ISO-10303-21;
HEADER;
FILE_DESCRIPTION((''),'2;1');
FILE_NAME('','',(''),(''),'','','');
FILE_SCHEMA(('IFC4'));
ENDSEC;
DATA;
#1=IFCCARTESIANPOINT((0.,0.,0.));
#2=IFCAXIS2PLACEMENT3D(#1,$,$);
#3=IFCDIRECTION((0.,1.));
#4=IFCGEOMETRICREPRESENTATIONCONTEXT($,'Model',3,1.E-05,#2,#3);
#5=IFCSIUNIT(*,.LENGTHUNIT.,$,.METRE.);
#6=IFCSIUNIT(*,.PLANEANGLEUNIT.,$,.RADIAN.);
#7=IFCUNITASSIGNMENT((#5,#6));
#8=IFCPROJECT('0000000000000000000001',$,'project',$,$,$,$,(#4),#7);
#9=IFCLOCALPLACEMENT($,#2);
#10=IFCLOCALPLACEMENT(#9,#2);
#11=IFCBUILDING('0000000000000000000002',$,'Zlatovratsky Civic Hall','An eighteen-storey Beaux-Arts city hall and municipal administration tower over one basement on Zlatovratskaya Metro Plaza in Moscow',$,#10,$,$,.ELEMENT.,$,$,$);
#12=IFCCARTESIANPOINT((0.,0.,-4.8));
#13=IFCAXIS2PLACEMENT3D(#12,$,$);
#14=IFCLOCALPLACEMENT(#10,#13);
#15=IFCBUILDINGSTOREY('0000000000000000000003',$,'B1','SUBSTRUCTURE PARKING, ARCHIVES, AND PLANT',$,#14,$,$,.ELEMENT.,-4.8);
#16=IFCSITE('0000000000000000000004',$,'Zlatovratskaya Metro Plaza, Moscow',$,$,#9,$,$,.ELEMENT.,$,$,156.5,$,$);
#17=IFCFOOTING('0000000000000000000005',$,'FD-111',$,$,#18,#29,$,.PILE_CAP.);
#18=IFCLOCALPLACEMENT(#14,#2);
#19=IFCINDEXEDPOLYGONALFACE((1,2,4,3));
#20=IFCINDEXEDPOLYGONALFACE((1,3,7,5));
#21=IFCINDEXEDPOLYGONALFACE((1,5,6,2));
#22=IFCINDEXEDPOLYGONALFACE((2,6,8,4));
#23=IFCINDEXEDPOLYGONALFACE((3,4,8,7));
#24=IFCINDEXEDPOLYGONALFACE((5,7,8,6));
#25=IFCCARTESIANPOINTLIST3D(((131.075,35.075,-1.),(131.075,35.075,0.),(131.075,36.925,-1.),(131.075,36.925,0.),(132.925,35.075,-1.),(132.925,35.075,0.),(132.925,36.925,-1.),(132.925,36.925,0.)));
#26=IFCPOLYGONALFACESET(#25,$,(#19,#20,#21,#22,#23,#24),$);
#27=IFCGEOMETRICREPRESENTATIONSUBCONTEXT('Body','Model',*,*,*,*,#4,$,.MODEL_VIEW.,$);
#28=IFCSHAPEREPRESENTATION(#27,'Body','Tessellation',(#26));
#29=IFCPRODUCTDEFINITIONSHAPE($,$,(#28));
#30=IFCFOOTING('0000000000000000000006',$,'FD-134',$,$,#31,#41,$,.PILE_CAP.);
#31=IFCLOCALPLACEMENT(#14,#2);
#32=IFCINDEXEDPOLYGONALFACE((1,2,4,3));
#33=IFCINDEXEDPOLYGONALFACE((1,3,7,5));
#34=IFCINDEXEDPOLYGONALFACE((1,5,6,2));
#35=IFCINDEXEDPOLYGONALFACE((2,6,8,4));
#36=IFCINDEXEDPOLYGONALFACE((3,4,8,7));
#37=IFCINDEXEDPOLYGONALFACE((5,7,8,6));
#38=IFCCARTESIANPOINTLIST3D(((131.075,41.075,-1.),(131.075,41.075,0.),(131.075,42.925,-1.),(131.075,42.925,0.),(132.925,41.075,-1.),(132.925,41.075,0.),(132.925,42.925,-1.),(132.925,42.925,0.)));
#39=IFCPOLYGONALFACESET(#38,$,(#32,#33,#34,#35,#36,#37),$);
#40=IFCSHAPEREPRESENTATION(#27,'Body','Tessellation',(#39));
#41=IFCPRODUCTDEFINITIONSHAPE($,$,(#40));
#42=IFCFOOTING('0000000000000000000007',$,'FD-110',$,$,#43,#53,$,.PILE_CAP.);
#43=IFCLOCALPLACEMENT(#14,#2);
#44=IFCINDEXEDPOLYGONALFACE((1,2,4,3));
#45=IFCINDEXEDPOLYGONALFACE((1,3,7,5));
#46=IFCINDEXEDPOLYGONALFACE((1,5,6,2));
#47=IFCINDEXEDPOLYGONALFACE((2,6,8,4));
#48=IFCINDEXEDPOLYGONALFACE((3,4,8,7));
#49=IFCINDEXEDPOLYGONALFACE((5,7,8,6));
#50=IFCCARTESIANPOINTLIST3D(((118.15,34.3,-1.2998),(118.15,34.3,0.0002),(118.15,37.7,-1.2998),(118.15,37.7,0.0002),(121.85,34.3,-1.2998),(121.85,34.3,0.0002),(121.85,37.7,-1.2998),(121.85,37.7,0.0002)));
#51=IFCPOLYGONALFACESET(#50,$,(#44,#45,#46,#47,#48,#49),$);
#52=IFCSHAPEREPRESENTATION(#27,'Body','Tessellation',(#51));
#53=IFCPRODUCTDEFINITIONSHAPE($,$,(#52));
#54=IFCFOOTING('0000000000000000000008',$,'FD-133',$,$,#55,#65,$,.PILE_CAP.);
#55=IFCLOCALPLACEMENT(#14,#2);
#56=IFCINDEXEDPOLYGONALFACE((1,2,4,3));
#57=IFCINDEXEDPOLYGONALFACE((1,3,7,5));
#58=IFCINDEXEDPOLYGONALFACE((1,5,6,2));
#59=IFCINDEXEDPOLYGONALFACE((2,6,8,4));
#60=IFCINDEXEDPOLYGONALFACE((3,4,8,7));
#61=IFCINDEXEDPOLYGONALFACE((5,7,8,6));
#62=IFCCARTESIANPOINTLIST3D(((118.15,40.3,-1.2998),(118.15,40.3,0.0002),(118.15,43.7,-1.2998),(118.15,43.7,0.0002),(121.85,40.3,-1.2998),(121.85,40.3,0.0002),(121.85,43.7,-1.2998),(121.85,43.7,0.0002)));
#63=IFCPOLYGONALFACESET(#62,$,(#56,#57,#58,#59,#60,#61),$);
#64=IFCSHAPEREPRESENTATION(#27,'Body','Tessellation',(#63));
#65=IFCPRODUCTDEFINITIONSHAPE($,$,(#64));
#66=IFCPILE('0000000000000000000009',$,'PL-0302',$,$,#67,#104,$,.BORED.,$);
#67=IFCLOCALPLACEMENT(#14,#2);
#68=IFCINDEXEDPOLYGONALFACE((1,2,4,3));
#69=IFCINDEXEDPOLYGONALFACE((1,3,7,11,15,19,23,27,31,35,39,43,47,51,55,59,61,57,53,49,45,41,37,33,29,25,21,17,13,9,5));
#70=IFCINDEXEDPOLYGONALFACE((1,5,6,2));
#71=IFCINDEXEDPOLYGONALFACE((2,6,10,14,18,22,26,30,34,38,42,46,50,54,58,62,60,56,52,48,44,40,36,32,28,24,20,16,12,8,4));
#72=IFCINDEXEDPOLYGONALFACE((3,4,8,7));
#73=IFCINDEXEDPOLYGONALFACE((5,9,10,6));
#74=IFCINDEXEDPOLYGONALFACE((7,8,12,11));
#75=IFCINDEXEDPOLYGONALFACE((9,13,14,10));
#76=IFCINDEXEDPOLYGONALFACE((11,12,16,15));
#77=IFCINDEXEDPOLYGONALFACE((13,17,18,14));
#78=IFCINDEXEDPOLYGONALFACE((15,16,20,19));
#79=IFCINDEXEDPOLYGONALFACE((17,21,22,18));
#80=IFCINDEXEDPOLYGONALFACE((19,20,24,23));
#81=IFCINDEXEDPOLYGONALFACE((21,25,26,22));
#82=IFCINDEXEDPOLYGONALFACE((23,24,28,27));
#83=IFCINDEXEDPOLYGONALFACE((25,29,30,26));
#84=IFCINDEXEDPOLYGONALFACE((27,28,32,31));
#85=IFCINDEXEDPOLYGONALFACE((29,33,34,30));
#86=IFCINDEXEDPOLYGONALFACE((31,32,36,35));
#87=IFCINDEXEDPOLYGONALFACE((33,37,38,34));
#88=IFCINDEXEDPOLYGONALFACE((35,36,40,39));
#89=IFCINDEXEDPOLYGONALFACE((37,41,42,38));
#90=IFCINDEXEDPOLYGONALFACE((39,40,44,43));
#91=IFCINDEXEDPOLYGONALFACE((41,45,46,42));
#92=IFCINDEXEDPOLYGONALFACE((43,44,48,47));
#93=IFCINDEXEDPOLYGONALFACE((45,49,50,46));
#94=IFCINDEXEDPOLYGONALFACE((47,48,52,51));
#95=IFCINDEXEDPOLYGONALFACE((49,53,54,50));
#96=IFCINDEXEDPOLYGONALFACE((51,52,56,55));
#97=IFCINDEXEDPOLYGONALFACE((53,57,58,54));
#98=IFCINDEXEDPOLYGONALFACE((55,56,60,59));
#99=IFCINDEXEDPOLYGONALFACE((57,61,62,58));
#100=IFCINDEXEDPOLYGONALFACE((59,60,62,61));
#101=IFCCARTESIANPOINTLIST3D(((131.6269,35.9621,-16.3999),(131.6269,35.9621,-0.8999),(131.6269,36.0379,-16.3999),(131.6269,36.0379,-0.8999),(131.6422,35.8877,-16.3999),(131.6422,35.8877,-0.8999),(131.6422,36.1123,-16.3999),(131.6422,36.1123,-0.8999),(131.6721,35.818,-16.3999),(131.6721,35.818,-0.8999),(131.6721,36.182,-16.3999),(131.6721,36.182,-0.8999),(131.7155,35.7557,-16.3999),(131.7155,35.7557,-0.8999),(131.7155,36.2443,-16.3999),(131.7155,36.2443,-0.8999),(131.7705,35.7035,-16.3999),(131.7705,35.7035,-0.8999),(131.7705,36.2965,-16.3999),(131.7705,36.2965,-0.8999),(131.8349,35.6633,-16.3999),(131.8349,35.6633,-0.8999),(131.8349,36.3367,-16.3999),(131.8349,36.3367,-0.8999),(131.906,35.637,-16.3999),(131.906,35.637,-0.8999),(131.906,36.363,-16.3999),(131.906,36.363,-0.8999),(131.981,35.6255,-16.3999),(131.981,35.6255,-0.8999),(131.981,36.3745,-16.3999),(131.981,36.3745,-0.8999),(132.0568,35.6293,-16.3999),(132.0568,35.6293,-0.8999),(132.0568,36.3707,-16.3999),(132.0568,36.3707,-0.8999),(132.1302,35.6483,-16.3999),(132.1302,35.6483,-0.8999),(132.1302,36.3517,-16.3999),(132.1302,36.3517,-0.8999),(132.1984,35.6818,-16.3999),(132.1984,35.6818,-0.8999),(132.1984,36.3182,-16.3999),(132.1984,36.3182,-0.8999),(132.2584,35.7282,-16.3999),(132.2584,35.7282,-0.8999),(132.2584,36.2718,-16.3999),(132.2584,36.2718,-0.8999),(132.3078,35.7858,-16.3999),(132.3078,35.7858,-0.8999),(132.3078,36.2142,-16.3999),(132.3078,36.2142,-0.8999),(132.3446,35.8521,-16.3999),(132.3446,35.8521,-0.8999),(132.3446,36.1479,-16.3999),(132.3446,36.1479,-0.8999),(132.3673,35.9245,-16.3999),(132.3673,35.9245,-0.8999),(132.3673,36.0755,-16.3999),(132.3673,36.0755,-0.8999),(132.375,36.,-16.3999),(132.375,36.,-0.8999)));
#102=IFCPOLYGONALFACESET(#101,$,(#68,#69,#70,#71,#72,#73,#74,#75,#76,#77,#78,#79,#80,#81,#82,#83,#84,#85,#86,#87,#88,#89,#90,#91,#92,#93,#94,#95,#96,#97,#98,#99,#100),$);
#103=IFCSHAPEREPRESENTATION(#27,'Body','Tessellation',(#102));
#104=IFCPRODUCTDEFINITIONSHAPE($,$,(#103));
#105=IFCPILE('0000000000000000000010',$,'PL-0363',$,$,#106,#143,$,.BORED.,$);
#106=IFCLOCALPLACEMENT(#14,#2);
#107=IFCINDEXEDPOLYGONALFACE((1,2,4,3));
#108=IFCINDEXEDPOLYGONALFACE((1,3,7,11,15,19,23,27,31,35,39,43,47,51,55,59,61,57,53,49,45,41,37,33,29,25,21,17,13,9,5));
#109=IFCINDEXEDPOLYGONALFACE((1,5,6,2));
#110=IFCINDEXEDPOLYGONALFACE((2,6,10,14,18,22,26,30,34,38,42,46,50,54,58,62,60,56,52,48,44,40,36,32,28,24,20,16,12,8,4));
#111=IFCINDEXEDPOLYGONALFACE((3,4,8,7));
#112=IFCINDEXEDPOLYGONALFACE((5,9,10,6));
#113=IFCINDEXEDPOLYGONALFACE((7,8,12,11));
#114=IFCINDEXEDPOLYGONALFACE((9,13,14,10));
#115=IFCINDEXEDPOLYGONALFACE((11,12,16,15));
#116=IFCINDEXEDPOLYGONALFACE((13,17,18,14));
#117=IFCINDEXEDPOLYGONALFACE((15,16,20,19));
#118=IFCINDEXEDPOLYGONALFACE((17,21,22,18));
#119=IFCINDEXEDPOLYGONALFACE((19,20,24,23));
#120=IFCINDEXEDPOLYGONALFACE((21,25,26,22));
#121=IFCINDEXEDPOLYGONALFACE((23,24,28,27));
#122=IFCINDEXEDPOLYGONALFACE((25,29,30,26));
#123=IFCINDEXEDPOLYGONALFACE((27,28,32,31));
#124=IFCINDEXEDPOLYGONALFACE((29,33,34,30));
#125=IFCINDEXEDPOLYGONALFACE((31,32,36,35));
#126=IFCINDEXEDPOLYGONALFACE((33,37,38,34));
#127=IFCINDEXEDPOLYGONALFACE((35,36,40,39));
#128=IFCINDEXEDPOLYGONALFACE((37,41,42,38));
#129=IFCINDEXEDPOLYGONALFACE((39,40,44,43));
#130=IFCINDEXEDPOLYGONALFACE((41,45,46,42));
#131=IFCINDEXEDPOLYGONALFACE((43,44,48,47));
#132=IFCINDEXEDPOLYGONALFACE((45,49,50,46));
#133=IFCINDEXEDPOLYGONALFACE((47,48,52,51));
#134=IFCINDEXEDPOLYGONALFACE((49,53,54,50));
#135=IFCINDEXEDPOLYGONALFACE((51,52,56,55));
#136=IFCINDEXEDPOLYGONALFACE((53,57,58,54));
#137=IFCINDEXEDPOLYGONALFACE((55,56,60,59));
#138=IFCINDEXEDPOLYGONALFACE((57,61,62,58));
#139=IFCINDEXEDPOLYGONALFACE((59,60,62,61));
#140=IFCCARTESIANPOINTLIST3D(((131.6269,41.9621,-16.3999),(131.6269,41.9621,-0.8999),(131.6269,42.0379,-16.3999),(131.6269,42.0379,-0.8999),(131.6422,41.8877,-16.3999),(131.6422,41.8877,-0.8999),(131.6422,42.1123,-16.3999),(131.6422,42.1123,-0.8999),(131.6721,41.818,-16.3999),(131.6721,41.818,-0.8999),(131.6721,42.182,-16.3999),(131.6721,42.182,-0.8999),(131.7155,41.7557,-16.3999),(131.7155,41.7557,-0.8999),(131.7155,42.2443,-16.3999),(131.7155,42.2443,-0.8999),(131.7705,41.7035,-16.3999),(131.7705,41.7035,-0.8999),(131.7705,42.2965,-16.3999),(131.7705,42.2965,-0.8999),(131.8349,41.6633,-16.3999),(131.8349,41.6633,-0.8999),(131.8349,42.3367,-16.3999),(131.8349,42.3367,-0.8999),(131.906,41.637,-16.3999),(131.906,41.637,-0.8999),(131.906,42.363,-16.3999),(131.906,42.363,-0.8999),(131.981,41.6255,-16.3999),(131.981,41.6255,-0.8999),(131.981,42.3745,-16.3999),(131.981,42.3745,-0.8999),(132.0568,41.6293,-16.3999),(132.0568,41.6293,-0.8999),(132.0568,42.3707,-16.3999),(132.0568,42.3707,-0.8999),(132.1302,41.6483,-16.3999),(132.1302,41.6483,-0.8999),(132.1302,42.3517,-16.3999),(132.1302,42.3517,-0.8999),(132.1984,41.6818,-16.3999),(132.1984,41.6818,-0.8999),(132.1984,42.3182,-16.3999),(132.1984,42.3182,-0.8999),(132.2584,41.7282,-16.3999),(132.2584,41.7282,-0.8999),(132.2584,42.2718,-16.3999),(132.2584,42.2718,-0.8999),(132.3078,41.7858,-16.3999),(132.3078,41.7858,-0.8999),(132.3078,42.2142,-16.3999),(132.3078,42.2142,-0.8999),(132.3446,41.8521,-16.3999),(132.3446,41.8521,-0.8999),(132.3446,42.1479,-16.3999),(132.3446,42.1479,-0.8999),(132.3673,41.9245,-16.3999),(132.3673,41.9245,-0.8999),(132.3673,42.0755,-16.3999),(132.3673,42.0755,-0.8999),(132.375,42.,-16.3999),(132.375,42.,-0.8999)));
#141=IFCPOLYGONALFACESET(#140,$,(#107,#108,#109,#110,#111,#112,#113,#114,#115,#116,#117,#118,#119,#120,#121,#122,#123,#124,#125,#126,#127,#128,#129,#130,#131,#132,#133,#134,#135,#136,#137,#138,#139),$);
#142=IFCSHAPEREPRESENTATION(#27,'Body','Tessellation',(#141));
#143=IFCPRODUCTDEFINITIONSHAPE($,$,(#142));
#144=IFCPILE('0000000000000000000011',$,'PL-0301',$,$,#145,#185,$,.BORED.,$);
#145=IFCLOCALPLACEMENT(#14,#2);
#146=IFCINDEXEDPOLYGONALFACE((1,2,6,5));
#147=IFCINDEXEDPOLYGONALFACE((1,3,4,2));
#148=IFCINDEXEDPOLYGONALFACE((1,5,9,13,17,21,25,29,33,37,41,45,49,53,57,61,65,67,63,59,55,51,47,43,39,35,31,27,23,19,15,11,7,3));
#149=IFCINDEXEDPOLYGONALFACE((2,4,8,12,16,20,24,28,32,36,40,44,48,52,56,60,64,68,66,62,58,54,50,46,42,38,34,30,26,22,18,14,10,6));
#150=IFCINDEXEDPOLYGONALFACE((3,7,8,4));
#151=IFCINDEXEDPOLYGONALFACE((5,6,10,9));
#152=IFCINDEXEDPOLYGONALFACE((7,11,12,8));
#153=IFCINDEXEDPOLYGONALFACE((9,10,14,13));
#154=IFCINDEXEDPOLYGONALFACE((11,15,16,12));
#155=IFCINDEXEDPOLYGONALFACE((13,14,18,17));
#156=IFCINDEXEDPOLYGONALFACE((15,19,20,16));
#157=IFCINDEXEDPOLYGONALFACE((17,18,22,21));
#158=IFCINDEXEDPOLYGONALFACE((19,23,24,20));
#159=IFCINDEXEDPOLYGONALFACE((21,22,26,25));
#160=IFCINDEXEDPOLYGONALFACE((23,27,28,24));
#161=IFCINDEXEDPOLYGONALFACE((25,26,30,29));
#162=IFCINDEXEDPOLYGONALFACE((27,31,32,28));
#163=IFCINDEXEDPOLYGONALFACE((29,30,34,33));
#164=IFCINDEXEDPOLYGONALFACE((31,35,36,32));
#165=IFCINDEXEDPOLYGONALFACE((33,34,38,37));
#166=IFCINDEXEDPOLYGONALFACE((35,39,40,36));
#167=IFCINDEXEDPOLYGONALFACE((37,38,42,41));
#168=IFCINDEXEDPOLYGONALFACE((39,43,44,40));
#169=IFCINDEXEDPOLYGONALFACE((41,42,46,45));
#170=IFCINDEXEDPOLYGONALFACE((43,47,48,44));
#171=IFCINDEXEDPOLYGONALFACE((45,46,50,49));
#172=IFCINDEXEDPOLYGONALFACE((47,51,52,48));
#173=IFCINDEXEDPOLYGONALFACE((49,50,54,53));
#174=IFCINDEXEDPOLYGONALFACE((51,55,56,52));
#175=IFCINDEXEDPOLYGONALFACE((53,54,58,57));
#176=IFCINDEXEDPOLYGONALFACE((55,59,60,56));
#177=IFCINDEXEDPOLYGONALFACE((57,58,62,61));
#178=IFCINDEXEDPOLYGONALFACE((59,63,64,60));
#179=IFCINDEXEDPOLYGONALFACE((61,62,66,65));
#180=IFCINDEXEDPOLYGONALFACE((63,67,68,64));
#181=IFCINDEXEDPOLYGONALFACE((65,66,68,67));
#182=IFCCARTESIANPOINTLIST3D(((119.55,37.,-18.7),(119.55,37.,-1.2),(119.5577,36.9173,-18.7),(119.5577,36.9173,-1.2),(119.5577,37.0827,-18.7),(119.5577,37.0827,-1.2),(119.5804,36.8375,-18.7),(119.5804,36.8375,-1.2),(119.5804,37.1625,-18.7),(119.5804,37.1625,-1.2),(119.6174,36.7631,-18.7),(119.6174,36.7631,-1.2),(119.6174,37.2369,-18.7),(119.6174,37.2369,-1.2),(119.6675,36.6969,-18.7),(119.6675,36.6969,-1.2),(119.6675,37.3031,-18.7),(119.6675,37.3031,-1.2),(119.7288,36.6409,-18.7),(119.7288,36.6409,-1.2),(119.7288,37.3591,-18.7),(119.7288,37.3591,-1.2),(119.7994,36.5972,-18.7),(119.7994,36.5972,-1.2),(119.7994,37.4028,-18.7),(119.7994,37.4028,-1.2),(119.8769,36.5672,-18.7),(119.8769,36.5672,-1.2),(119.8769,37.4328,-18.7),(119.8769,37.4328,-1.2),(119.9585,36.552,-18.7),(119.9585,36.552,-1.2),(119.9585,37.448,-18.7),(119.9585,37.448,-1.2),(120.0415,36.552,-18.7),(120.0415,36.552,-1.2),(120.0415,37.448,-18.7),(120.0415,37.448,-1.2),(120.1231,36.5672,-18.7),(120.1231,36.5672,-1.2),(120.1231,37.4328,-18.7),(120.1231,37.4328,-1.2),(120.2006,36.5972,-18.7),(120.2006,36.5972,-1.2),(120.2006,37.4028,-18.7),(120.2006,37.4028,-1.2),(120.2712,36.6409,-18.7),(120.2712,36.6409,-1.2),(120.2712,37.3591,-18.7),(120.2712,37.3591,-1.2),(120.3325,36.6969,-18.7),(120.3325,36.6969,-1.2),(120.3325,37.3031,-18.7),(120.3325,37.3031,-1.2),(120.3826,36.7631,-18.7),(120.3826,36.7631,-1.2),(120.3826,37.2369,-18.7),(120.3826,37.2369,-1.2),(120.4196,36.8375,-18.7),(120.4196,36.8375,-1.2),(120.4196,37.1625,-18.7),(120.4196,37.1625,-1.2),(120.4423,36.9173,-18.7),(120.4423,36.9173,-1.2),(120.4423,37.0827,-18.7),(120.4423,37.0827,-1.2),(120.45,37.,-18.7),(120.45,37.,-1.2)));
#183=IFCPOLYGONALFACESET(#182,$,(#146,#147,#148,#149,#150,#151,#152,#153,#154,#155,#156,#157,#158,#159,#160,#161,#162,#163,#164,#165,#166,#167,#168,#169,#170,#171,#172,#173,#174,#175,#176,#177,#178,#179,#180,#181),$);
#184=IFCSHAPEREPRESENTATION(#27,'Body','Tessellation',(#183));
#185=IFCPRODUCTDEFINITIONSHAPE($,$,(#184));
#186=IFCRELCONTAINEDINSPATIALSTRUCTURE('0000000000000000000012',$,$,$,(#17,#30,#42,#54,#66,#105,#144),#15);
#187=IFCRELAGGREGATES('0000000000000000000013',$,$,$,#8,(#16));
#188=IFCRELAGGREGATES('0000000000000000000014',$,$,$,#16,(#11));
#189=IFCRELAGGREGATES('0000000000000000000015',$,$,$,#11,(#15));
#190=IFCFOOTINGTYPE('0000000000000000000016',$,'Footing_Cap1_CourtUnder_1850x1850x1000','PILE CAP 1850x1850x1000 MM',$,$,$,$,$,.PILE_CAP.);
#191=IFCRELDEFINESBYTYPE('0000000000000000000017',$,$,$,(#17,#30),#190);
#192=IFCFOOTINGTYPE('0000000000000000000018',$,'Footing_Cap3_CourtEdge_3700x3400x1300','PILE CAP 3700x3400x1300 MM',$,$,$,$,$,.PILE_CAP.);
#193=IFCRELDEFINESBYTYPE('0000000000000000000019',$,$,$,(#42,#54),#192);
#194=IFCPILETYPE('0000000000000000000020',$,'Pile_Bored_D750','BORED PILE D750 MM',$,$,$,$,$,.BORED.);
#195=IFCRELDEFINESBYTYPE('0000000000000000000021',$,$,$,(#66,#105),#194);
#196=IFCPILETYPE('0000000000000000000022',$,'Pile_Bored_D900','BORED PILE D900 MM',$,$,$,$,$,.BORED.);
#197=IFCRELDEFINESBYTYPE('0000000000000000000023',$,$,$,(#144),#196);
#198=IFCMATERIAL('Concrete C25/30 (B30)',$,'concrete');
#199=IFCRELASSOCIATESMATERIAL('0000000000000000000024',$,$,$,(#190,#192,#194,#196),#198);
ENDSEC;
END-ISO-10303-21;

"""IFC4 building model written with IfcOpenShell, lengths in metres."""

from ifc_helpers import new_model, si_unit, direction, frame, origin, origin_2d, place, context, subcontext, project, spatial, rectangle, circle, extrude, material, material_profile, profile_set, type_object, element, save


model = new_model("IFC4")

# Units and contexts
model_context = context("Model", 3, precision=1e-05, world=origin(), true_north=direction((0.0, 1.0)))
body_context = subcontext(model_context, "Body", "Model", "MODEL_VIEW")
ifc_project = project(units=[si_unit("LENGTHUNIT", "METRE"), si_unit("PLANEANGLEUNIT", "RADIAN")], contexts=[model_context])

# Site, building, storey
site_placement = place(None, origin())
site = spatial("IfcSite", under=ifc_project, at=site_placement, Name="Zlatovratskaya Metro Plaza, Moscow", CompositionType="ELEMENT", RefElevation=156.5)
building_placement = place(site_placement, origin())
building = spatial("IfcBuilding", under=site, at=building_placement, Name="Zlatovratsky Civic Hall", Description="An eighteen-storey Beaux-Arts city hall and municipal administration tower over one basement on Zlatovratskaya Metro Plaza in Moscow", CompositionType="ELEMENT")
storey_placement = place(building_placement, frame((0.0, 0.0, -4.8)))
storey = spatial("IfcBuildingStorey", under=building, at=storey_placement, Name="B1", Description="SUBSTRUCTURE PARKING, ARCHIVES, AND PLANT", CompositionType="ELEMENT", Elevation=-4.8)

# Footings
ifc_material_1 = material(Name="Concrete C25/30 (B30)", Category="concrete")
footing_type_1 = type_object("IfcFootingType", Name="Footing_Cap1_CourtUnder_1850x1850x1000", Description="PILE CAP 1850x1850x1000 MM", PredefinedType="PILE_CAP", material=ifc_material_1)
for number, where, z_axis, x_axis, name in (
    (1, (132.0, 36.0, -1.0), (0.0, 0.0, 1.0), (1.0, 0.0, 0.0), "FD-111"),
    (2, (132.0, 42.0, -1.0), (0.0, 0.0, 1.0), (1.0, 0.0, 0.0), "FD-134"),
):
    element("IfcFooting", number, at=place(storey_placement, frame(where, z_axis=z_axis, x_axis=x_axis)), inside=storey, type_object=footing_type_1, Name=name, PredefinedType="PILE_CAP", context=body_context, shape_type="SweptSolid", body=[
        extrude(rectangle(XDim=1.8501, YDim=1.8501, at=origin_2d()), origin(), (0.0, 0.0, 1.0), 1.0),
    ])
footing_type_2 = type_object("IfcFootingType", Name="Footing_Cap3_CourtEdge_3700x3400x1300", Description="PILE CAP 3700x3400x1300 MM", PredefinedType="PILE_CAP", material=ifc_material_1)
for number, where, z_axis, x_axis, name in (
    (3, (120.0, 36.0, -1.2998), (0.0, 0.0, 1.0), (1.0, 0.0, 0.0), "FD-110"),
    (4, (120.0, 42.0, -1.2998), (0.0, 0.0, 1.0), (1.0, 0.0, 0.0), "FD-133"),
):
    element("IfcFooting", number, at=place(storey_placement, frame(where, z_axis=z_axis, x_axis=x_axis)), inside=storey, type_object=footing_type_2, Name=name, PredefinedType="PILE_CAP", context=body_context, shape_type="SweptSolid", body=[
        extrude(rectangle(XDim=3.7, YDim=3.3999, at=origin_2d()), origin(), (0.0, 0.0, 1.0), 1.3),
    ])

# Piles
ifc_material_profile_1 = material_profile(ifc_material_1, circle(Radius=0.375, at=origin_2d()), Name="PILE D750")
ifc_profile_set_1 = profile_set([ifc_material_profile_1], Name="Concrete C25/30 (B30)")
pile_type_1 = type_object("IfcPileType", Name="Pile_Bored_D750", Description="BORED PILE D750 MM", PredefinedType="BORED", material=ifc_profile_set_1)
for number, where, z_axis, x_axis, name in (
    (5, (132.0, 36.0, -0.8999), (0.0, 0.0, -1.0), (1.0, 0.0, 0.0), "PL-0302"),
    (6, (132.0, 42.0, -0.8999), (0.0, 0.0, -1.0), (1.0, 0.0, 0.0), "PL-0363"),
):
    element("IfcPile", number, at=place(storey_placement, frame(where, z_axis=z_axis, x_axis=x_axis)), inside=storey, type_object=pile_type_1, Name=name, PredefinedType="BORED", context=body_context, shape_type="SweptSolid", body=[
        extrude(circle(Radius=0.375, at=origin_2d()), origin(), (0.0, 0.0, 1.0), 15.5),
    ])
ifc_material_profile_2 = material_profile(ifc_material_1, circle(Radius=0.45, at=origin_2d()), Name="PILE D900")
ifc_profile_set_2 = profile_set([ifc_material_profile_2], Name="Concrete C25/30 (B30)")
pile_type_2 = type_object("IfcPileType", Name="Pile_Bored_D900", Description="BORED PILE D900 MM", PredefinedType="BORED", material=ifc_profile_set_2)
for number, where, z_axis, x_axis, name in (
    (7, (120.0, 37.0, -1.2), (0.0, 0.0, -1.0), (1.0, 0.0, 0.0), "PL-0301"),
):
    element("IfcPile", number, at=place(storey_placement, frame(where, z_axis=z_axis, x_axis=x_axis)), inside=storey, type_object=pile_type_2, Name=name, PredefinedType="BORED", context=body_context, shape_type="SweptSolid", body=[
        extrude(circle(Radius=0.45, at=origin_2d()), origin(), (0.0, 0.0, 1.0), 17.5),
    ])

save(model, "model.ifc")
